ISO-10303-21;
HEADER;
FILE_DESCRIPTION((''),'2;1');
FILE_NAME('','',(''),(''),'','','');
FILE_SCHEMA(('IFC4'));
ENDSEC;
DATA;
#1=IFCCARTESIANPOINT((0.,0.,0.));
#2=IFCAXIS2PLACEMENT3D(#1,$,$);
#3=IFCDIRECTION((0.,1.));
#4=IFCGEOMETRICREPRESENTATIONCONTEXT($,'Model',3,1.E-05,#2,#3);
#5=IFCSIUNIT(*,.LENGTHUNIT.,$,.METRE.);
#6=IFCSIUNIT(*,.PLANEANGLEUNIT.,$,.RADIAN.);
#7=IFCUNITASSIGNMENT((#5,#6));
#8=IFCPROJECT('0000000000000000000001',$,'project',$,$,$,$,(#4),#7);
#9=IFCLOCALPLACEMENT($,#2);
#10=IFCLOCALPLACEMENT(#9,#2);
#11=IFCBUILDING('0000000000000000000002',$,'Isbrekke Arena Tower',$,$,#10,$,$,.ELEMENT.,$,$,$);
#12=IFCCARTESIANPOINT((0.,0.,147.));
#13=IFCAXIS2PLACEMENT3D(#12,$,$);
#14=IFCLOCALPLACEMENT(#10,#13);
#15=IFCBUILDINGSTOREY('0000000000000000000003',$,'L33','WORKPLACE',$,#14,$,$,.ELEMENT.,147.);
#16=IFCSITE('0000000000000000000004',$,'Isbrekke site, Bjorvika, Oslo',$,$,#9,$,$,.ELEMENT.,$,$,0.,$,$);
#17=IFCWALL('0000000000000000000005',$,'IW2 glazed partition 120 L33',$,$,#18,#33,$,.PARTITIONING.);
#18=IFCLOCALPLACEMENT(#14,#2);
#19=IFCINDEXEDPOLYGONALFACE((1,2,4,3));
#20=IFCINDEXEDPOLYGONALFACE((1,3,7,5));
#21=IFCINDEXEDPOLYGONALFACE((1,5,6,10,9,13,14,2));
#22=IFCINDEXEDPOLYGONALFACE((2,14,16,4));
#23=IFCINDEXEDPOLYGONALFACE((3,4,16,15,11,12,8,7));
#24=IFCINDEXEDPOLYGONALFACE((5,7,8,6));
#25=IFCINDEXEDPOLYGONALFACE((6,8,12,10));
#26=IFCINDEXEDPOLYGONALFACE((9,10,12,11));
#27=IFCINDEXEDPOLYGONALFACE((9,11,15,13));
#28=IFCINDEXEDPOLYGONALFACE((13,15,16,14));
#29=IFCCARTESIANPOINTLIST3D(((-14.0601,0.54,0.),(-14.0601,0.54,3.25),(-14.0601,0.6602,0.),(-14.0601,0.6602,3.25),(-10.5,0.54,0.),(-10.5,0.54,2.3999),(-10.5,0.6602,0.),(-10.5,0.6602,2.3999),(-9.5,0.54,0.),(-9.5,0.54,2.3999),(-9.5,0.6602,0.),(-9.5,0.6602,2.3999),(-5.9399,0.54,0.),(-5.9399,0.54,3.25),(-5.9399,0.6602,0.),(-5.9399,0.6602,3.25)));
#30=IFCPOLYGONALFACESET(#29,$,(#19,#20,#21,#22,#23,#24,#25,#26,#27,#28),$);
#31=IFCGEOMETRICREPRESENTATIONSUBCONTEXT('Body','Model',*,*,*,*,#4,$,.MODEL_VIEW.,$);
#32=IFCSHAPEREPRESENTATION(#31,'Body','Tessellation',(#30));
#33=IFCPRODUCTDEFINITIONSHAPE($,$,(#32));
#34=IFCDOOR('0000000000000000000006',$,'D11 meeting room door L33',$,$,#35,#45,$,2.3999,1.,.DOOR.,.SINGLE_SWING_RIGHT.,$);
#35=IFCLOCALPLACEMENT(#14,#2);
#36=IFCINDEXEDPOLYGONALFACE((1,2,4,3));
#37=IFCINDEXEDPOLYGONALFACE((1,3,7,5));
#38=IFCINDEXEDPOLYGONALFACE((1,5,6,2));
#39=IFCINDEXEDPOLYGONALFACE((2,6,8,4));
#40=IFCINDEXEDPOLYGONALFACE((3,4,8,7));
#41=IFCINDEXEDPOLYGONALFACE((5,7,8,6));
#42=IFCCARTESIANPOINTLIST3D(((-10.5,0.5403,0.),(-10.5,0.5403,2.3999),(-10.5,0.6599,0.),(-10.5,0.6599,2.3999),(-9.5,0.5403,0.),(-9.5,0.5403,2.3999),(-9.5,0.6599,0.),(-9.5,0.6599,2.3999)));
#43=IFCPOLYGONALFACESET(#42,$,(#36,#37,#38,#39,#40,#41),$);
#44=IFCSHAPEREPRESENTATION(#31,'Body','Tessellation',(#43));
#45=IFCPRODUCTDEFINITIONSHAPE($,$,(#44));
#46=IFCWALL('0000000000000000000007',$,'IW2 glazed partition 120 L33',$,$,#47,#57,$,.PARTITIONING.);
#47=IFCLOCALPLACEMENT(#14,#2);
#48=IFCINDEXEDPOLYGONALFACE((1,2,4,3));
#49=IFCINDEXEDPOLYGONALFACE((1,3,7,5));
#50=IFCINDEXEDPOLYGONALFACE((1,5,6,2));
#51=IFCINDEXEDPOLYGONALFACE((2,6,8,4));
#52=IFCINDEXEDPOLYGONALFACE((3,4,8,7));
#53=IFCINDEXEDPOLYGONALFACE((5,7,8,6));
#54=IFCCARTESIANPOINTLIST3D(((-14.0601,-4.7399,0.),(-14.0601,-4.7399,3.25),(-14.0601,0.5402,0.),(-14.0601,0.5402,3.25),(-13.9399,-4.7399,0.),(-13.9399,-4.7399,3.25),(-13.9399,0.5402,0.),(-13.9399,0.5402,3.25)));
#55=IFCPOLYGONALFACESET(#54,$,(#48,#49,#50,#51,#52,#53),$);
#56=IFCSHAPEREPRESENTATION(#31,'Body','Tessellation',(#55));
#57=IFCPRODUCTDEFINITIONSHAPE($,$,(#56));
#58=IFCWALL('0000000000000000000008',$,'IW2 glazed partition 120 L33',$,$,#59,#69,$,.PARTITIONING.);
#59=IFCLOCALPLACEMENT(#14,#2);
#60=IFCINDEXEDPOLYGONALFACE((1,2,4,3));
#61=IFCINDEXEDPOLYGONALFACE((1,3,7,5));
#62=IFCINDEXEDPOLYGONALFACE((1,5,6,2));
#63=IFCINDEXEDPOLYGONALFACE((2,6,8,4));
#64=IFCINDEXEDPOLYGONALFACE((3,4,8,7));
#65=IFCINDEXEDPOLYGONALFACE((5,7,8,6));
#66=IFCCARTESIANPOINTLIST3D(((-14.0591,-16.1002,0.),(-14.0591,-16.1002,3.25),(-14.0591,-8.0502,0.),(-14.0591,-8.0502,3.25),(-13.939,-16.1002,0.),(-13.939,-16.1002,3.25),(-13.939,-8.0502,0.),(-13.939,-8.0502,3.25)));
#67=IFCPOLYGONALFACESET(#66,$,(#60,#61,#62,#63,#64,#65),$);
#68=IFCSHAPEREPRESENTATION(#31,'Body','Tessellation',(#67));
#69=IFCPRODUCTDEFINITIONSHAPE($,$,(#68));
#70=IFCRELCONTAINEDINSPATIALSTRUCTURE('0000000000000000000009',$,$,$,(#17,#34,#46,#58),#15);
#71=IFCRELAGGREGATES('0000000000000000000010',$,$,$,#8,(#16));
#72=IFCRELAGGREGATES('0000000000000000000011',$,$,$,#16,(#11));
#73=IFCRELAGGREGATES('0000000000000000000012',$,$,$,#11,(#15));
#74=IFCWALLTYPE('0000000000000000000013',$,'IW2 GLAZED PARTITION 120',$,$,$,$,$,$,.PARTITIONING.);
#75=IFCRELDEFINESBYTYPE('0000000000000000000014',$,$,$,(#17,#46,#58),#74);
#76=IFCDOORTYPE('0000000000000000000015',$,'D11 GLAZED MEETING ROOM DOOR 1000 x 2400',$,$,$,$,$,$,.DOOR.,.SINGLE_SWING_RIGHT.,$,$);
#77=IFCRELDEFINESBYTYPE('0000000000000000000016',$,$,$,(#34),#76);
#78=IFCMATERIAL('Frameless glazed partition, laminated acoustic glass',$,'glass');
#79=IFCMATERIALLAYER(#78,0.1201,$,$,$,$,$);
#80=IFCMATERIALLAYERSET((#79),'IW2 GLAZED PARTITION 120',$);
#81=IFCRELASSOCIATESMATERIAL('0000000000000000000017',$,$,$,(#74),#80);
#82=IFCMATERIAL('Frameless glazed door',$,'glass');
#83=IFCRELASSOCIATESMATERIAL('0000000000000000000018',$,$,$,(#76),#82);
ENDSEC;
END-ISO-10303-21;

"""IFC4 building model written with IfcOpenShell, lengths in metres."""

from ifc_helpers import new_model, si_unit, direction, frame, frame_2d, origin, place, context, subcontext, project, spatial, rectangle, extrude, material, layer, layer_set, type_object, element, fill, save


model = new_model("IFC4")

# Units and contexts
model_context = context("Model", 3, precision=1e-05, world=origin(), true_north=direction((0.0, 1.0)))
body_context = subcontext(model_context, "Body", "Model", "MODEL_VIEW")
ifc_project = project(units=[si_unit("LENGTHUNIT", "METRE"), si_unit("PLANEANGLEUNIT", "RADIAN")], contexts=[model_context])

# Site, building, storey
site_placement = place(None, origin())
site = spatial("IfcSite", under=ifc_project, at=site_placement, Name="Isbrekke site, Bjorvika, Oslo", CompositionType="ELEMENT", RefElevation=0.0)
building_placement = place(site_placement, origin())
building = spatial("IfcBuilding", under=site, at=building_placement, Name="Isbrekke Arena Tower", CompositionType="ELEMENT")
storey_placement = place(building_placement, frame((0.0, 0.0, 147.0)))
storey = spatial("IfcBuildingStorey", under=building, at=storey_placement, Name="L33", Description="WORKPLACE", CompositionType="ELEMENT", Elevation=147.0)

# Shared definitions
ifc_material_1 = material(Name="Frameless glazed partition, laminated acoustic glass", Category="glass")
ifc_layer_1 = layer(ifc_material_1, 0.1201)
ifc_layer_set_1 = layer_set([ifc_layer_1], Name="IW2 GLAZED PARTITION 120")
wall_type = type_object("IfcWallType", Name="IW2 GLAZED PARTITION 120", PredefinedType="PARTITIONING", material=ifc_layer_set_1)

# Wall, opening, door
wall_1_placement = place(storey_placement, frame((-14.0601, 0.6001, 0.0), z_axis=(0.0, 0.0, 1.0), x_axis=(1.0, 0.0, 0.0)))
wall_1 = element("IfcWall", 1, at=wall_1_placement, inside=storey, type_object=wall_type, Name="IW2 glazed partition 120 L33", PredefinedType="PARTITIONING", context=body_context, shape_type="SweptSolid", body=[
    extrude(rectangle(XDim=8.1201, YDim=0.1201, at=frame_2d((4.0601, 0.0))), origin(), (0.0, 0.0, 1.0), 3.25),
])
opening_placement = place(wall_1_placement, frame((3.5601, 0.0, 0.0)))
opening = element("IfcOpeningElement", 2, at=opening_placement, cuts=wall_1, PredefinedType="OPENING", context=body_context, shape_type="SweptSolid", body=[
    extrude(rectangle(XDim=1.0, YDim=2.3999, at=frame_2d((0.5, 1.2))), frame((0.0, 0.075, 0.0), z_axis=(0.0, -1.0, 0.0), x_axis=(1.0, 0.0, 0.0)), (0.0, 0.0, 1.0), 0.1499),
])
ifc_material_2 = material(Name="Frameless glazed door", Category="glass")
door_type = type_object("IfcDoorType", Name="D11 GLAZED MEETING ROOM DOOR 1000 x 2400", OperationType="SINGLE_SWING_RIGHT", PredefinedType="DOOR", material=ifc_material_2)
door_placement = place(opening_placement, origin())
door = element("IfcDoor", 3, at=door_placement, inside=storey, type_object=door_type, Name="D11 meeting room door L33", OperationType="SINGLE_SWING_RIGHT", OverallHeight=2.3999, OverallWidth=1.0, PredefinedType="DOOR", context=body_context, shape_type="SweptSolid", body=[
    extrude(rectangle(XDim=1.0, YDim=2.3999, at=frame_2d((0.5, 1.2))), frame((0.0, 0.0598, 0.0), z_axis=(0.0, -1.0, 0.0), x_axis=(1.0, 0.0, 0.0)), (0.0, 0.0, 1.0), 0.1196),
])
fill(opening, door)

# Walls
wall_2_placement = place(storey_placement, frame((-14.0, -4.74, 0.0), z_axis=(0.0, 0.0, 1.0), x_axis=(0.0, 1.0, 0.0)))
element("IfcWall", 4, at=wall_2_placement, inside=storey, type_object=wall_type, Name="IW2 glazed partition 120 L33", PredefinedType="PARTITIONING", context=body_context, shape_type="SweptSolid", body=[
    extrude(rectangle(XDim=5.28, YDim=0.1201, at=frame_2d((2.6401, 0.0))), origin(), (0.0, 0.0, 1.0), 3.25),
])
wall_3_placement = place(storey_placement, frame((-13.999, -16.1001, 0.0), z_axis=(0.0, 0.0, 1.0), x_axis=(0.0, 1.0, 0.0)))
element("IfcWall", 5, at=wall_3_placement, inside=storey, type_object=wall_type, Name="IW2 glazed partition 120 L33", PredefinedType="PARTITIONING", context=body_context, shape_type="SweptSolid", body=[
    extrude(rectangle(XDim=8.05, YDim=0.1201, at=frame_2d((4.0249, 0.0))), origin(), (0.0, 0.0, 1.0), 3.25),
])

save(model, "model.ifc")
